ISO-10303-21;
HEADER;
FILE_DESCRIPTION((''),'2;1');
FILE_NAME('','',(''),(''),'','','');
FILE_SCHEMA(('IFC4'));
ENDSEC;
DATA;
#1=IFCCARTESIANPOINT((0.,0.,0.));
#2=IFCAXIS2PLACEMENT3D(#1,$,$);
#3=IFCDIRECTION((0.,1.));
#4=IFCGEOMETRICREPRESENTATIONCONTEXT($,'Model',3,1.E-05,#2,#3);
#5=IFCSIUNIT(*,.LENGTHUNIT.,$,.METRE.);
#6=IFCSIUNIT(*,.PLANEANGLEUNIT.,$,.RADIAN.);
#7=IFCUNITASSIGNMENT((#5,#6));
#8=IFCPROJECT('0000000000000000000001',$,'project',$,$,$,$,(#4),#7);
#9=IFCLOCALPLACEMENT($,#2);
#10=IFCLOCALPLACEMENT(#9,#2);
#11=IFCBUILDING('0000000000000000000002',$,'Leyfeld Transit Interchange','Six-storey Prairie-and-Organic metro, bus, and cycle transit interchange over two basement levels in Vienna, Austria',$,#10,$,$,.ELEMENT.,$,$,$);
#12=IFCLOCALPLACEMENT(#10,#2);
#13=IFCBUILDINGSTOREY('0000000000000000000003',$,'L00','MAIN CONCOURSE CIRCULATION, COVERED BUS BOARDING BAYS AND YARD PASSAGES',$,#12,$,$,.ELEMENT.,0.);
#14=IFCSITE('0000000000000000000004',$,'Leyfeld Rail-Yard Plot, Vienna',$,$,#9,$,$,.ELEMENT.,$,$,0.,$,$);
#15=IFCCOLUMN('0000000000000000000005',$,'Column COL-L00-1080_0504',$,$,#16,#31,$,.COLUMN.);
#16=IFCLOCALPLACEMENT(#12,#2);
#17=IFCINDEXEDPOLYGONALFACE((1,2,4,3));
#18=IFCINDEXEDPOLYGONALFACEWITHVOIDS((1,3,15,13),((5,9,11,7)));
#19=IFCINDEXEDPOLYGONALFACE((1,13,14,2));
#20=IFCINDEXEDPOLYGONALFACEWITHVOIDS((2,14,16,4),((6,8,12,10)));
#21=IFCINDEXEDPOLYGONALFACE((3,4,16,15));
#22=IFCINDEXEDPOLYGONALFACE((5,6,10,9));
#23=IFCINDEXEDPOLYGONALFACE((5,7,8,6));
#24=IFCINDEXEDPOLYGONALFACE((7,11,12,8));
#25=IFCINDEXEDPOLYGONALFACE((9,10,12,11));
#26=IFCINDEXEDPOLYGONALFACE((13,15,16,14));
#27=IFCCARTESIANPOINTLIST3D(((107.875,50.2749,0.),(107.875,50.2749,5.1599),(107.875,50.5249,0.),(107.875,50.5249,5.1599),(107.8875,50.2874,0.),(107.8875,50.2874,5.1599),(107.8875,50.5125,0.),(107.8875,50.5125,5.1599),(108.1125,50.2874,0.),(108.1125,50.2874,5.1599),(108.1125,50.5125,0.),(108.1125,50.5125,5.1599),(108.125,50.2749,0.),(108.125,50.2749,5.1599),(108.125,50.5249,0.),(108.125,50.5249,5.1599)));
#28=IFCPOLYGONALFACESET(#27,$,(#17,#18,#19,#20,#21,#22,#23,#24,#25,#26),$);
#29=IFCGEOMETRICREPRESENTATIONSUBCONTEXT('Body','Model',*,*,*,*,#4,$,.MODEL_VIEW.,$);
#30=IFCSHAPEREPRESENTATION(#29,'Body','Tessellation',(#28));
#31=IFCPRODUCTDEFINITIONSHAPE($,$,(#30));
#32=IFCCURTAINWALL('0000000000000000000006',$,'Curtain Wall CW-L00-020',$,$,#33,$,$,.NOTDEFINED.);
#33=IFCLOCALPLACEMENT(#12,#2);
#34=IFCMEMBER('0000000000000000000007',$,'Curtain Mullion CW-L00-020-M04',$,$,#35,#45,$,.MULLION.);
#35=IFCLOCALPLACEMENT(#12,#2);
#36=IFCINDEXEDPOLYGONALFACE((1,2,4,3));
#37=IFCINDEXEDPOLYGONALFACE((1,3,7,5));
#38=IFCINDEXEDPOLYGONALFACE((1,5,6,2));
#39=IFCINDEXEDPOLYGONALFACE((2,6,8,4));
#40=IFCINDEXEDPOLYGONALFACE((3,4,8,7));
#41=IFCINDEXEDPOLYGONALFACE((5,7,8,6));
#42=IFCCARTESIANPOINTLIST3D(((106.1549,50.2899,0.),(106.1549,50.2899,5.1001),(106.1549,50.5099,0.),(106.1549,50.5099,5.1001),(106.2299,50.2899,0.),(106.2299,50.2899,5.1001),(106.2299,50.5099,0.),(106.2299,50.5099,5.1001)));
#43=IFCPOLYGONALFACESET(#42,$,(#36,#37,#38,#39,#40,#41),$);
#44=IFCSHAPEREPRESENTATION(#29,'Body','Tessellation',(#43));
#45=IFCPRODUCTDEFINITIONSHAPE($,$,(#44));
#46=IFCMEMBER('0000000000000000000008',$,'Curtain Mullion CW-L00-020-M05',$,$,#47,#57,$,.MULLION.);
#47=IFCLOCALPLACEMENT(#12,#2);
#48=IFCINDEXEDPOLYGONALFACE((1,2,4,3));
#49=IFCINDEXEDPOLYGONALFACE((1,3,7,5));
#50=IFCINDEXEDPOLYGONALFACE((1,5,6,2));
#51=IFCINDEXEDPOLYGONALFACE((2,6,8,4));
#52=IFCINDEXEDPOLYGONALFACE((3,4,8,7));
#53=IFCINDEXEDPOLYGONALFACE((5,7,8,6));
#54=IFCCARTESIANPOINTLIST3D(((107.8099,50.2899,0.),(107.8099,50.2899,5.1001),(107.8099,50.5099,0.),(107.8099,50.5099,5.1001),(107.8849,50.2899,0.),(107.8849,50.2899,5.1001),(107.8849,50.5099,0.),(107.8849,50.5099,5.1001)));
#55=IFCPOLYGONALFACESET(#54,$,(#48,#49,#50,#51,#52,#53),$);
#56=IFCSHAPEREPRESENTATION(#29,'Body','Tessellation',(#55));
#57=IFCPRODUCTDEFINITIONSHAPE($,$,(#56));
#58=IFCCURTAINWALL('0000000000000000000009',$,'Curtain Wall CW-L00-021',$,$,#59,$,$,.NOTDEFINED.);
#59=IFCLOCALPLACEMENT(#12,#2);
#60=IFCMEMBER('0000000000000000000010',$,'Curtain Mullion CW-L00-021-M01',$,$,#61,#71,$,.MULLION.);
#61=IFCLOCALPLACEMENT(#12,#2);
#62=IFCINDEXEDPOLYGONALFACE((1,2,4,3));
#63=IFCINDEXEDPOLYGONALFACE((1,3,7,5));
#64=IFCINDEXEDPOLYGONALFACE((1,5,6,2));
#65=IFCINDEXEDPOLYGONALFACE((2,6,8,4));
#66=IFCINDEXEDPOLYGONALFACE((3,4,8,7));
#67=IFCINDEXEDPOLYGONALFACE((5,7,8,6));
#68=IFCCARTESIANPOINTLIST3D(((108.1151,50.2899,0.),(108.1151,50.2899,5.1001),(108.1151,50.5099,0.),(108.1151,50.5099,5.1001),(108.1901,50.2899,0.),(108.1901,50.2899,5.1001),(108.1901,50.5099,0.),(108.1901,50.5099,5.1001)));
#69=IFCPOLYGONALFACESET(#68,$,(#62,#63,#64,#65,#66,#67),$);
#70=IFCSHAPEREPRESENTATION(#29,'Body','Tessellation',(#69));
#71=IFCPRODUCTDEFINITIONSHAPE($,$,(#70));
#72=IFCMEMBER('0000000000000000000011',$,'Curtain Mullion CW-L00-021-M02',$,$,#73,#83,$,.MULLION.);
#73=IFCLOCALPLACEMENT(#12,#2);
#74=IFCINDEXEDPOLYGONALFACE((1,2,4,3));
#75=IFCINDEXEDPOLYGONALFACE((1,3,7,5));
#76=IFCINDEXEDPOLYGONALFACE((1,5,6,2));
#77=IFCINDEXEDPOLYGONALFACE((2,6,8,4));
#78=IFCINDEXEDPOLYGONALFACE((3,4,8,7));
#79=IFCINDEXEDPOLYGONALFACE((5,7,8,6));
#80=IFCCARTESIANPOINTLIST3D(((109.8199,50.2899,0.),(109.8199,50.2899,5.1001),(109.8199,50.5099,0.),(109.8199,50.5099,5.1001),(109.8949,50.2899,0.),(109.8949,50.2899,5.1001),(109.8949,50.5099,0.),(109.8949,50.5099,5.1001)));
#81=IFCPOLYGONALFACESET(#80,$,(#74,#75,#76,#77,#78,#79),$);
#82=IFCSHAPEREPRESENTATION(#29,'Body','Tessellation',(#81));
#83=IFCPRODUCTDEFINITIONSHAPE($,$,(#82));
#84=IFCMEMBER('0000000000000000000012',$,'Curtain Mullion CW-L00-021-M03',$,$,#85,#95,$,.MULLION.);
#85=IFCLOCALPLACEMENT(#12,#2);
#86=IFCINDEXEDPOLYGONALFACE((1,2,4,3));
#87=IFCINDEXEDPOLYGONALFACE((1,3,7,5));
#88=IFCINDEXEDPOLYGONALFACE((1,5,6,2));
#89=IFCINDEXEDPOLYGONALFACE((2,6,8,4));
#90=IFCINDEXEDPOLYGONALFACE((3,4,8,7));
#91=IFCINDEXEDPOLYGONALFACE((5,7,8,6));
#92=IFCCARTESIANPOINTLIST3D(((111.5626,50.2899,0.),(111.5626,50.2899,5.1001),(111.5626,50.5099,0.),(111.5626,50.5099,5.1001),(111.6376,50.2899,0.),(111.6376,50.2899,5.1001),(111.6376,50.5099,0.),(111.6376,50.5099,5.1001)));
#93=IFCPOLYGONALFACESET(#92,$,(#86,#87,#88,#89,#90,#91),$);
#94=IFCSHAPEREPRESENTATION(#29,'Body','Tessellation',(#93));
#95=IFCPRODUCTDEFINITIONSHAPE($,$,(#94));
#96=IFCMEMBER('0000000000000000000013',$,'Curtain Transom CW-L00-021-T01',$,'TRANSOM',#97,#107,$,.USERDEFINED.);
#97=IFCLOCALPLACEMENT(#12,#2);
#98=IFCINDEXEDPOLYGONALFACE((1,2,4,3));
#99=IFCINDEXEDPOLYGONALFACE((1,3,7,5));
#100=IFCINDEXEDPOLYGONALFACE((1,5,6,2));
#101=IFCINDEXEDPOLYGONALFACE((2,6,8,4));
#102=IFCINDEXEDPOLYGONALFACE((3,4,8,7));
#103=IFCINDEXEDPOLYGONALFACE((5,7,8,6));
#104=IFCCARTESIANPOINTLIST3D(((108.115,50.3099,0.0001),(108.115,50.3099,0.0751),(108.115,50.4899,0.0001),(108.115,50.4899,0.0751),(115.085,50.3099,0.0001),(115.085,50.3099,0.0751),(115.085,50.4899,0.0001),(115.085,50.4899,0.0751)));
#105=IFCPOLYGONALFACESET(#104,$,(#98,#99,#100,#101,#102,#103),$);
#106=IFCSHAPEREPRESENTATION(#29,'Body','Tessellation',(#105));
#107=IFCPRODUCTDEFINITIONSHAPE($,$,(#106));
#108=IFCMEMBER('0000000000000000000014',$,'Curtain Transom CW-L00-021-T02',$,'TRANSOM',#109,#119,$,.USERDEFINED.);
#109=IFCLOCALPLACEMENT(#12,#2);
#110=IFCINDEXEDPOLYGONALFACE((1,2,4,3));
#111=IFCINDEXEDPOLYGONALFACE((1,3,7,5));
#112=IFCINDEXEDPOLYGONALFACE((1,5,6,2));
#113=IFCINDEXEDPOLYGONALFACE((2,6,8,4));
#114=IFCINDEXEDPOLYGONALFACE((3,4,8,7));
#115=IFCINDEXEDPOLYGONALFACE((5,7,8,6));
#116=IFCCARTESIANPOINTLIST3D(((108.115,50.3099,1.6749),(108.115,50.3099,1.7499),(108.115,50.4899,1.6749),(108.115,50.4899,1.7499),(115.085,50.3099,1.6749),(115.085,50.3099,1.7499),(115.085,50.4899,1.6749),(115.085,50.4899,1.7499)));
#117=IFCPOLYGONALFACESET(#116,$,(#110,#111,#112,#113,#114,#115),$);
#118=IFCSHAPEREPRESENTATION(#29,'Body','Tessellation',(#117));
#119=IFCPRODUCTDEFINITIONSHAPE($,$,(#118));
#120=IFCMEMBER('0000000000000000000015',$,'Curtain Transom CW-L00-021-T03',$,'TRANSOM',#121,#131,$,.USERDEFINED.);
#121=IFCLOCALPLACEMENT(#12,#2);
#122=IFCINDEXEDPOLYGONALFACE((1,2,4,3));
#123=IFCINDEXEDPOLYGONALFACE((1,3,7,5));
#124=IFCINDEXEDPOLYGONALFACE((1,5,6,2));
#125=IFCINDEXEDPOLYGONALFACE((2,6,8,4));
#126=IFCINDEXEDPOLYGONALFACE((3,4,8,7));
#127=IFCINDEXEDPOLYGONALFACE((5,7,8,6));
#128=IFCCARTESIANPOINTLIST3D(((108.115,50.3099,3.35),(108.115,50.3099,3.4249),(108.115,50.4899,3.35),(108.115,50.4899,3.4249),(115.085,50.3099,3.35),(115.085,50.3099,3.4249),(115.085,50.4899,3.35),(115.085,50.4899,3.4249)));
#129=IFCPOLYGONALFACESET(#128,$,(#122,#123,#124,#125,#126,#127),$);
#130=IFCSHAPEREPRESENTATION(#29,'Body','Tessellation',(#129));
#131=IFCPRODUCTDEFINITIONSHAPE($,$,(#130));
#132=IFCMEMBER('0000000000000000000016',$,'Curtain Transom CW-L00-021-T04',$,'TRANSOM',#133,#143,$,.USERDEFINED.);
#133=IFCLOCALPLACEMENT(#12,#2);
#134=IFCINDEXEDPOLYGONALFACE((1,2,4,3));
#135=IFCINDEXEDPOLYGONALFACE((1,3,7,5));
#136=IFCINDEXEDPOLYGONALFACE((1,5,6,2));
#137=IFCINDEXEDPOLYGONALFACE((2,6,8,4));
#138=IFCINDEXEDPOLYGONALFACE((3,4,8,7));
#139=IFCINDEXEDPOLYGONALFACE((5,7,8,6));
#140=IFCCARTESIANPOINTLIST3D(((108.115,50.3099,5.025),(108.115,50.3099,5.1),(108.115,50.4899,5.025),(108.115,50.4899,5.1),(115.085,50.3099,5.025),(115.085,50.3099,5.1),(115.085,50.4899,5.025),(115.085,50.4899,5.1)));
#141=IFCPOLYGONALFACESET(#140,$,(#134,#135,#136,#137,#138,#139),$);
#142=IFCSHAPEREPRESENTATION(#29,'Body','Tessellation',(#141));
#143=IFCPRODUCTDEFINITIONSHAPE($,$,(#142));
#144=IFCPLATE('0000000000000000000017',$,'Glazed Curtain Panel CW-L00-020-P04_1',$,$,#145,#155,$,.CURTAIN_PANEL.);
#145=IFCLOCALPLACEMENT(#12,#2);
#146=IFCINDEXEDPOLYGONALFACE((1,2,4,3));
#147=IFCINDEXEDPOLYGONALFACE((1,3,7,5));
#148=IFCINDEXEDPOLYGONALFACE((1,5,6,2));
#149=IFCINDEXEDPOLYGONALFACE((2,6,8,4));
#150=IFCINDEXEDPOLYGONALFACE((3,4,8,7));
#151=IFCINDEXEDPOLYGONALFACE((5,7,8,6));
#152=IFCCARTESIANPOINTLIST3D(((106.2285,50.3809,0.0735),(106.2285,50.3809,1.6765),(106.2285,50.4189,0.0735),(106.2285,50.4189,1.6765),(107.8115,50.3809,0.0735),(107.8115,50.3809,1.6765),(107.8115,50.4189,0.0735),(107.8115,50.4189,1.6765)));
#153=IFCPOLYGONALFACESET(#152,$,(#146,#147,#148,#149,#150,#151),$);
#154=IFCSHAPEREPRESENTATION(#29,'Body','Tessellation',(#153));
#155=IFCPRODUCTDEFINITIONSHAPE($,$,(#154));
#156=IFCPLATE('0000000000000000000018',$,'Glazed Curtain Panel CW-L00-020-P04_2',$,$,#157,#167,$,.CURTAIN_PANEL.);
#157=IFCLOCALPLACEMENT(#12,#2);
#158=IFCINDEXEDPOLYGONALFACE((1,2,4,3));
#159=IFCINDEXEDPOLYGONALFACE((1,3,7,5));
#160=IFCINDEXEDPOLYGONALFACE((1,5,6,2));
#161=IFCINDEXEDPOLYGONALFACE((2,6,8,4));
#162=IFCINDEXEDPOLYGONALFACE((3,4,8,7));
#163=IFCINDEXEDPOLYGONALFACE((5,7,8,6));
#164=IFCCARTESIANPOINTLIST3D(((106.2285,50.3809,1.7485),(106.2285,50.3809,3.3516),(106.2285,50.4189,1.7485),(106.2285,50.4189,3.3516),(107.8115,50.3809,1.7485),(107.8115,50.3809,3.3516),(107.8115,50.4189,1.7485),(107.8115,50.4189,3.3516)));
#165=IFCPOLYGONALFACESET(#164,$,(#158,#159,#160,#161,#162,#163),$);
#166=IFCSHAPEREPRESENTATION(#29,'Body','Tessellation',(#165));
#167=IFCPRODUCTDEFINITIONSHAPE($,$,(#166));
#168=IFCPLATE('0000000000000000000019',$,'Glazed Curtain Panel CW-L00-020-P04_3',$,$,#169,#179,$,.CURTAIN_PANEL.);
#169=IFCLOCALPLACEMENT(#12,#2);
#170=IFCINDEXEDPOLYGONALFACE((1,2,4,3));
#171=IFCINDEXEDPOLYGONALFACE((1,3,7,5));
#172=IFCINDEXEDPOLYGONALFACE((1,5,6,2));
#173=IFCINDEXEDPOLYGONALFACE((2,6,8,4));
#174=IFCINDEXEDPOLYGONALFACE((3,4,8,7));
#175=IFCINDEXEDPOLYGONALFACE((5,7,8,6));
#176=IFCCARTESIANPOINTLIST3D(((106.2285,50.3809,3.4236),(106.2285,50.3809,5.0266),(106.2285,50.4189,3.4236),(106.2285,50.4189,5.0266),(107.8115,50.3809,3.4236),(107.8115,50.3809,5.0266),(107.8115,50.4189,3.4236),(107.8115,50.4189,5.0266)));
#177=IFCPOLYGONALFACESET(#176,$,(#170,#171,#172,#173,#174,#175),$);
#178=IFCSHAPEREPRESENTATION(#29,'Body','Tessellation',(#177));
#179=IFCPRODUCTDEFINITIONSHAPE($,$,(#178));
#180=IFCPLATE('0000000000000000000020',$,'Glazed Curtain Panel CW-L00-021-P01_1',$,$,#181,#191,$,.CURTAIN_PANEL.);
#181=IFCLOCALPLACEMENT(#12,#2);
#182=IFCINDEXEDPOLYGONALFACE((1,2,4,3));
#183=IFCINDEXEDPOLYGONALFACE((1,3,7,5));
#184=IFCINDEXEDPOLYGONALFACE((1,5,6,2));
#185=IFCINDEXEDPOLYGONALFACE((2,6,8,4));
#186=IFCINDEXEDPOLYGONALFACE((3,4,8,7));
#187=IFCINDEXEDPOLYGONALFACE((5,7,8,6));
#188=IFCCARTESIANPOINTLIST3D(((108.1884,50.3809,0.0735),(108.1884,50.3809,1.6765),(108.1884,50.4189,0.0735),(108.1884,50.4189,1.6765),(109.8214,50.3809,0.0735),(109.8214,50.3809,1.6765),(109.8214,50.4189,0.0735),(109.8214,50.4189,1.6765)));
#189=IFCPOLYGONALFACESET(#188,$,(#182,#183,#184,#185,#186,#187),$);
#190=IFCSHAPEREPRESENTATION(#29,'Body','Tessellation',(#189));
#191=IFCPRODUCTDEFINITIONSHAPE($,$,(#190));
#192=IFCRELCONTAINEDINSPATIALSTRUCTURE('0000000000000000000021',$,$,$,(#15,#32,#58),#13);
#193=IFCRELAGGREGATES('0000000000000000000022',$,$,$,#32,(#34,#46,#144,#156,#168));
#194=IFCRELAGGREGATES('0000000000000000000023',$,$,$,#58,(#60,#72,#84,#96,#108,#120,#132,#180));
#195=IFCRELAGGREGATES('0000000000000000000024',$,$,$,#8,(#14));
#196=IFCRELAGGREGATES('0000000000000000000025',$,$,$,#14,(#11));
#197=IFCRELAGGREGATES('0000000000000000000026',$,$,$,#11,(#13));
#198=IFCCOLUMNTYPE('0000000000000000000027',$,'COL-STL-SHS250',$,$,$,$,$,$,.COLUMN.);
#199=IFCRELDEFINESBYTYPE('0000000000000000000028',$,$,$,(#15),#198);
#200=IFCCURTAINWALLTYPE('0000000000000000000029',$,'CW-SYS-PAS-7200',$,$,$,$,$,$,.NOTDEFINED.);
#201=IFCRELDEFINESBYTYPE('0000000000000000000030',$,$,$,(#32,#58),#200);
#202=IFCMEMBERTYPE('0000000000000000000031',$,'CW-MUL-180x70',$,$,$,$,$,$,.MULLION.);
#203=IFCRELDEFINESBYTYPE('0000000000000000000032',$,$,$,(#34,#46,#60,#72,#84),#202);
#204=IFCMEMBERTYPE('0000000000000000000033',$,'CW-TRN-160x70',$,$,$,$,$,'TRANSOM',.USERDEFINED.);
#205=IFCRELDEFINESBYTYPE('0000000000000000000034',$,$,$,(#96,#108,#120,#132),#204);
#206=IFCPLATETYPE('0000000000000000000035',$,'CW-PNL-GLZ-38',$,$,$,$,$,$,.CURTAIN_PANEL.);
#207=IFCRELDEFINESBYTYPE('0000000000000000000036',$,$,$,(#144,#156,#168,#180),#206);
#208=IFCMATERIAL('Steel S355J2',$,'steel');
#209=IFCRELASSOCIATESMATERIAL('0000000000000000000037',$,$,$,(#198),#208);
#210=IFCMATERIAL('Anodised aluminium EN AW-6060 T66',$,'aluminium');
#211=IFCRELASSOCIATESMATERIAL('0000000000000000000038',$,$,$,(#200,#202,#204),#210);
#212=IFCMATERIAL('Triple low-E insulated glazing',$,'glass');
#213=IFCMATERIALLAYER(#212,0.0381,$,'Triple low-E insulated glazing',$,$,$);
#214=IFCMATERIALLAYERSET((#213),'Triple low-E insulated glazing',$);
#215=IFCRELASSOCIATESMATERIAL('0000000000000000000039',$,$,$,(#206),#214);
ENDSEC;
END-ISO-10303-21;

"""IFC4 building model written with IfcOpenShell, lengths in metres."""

from ifc_helpers import new_model, si_unit, direction, frame, origin, origin_2d, place, context, subcontext, project, spatial, rectangle, hollow_rectangle, extrude, material, layer, layer_set, material_profile, profile_set, type_object, element, aggregate, save


model = new_model("IFC4")

# Units and contexts
model_context = context("Model", 3, precision=1e-05, world=origin(), true_north=direction((0.0, 1.0)))
body_context = subcontext(model_context, "Body", "Model", "MODEL_VIEW")
ifc_project = project(units=[si_unit("LENGTHUNIT", "METRE"), si_unit("PLANEANGLEUNIT", "RADIAN")], contexts=[model_context])

# Site, building, storey
site_placement = place(None, origin())
site = spatial("IfcSite", under=ifc_project, at=site_placement, Name="Leyfeld Rail-Yard Plot, Vienna", CompositionType="ELEMENT", RefElevation=0.0)
building_placement = place(site_placement, origin())
building = spatial("IfcBuilding", under=site, at=building_placement, Name="Leyfeld Transit Interchange", Description="Six-storey Prairie-and-Organic metro, bus, and cycle transit interchange over two basement levels in Vienna, Austria", CompositionType="ELEMENT")
storey_placement = place(building_placement, origin())
storey = spatial("IfcBuildingStorey", under=building, at=storey_placement, Name="L00", Description="MAIN CONCOURSE CIRCULATION, COVERED BUS BOARDING BAYS AND YARD PASSAGES", CompositionType="ELEMENT", Elevation=0.0)

# Column
ifc_material_1 = material(Name="Steel S355J2", Category="steel")
ifc_material_profile_1 = material_profile(ifc_material_1, hollow_rectangle(XDim=0.25, YDim=0.25, WallThickness=0.0125, at=origin_2d()), Name="SHS 250x250x12.5")
ifc_profile_set_1 = profile_set([ifc_material_profile_1], Name="Steel S355J2")
column_type = type_object("IfcColumnType", Name="COL-STL-SHS250", PredefinedType="COLUMN", material=ifc_profile_set_1)
column_placement = place(storey_placement, frame((108.0, 50.3999, 0.0), z_axis=(0.0, 0.0, 1.0), x_axis=(1.0, 0.0, 0.0)))
element("IfcColumn", 1, at=column_placement, inside=storey, type_object=column_type, Name="Column COL-L00-1080_0504", PredefinedType="COLUMN", context=body_context, shape_type="SweptSolid", body=[
    extrude(hollow_rectangle(XDim=0.25, YDim=0.25, WallThickness=0.0125, at=origin_2d()), origin(), (0.0, 0.0, 1.0), 5.1599),
])

# Curtain walls, members
ifc_material_2 = material(Name="Anodised aluminium EN AW-6060 T66", Category="aluminium")
curtain_wall_type = type_object("IfcCurtainWallType", Name="CW-SYS-PAS-7200", PredefinedType="NOTDEFINED", material=ifc_material_2)
curtain_wall_1_placement = place(storey_placement, origin())
curtain_wall_1 = element("IfcCurtainWall", 2, at=curtain_wall_1_placement, inside=storey, type_object=curtain_wall_type, Name="Curtain Wall CW-L00-020", PredefinedType="NOTDEFINED")
ifc_material_profile_2 = material_profile(ifc_material_2, rectangle(XDim=0.075, YDim=0.22, at=origin_2d()), Name="CW-M 75x220")
ifc_profile_set_2 = profile_set([ifc_material_profile_2], Name="Anodised aluminium EN AW-6060 T66")
member_type_1 = type_object("IfcMemberType", Name="CW-MUL-180x70", PredefinedType="MULLION", material=ifc_profile_set_2)
member_1_placement = place(storey_placement, frame((106.1924, 50.3999, 0.0), z_axis=(0.0, 0.0, 1.0), x_axis=(1.0, 0.0, 0.0)))
member_1 = element("IfcMember", 3, at=member_1_placement, type_object=member_type_1, Name="Curtain Mullion CW-L00-020-M04", PredefinedType="MULLION", context=body_context, shape_type="SweptSolid", body=[
    extrude(rectangle(XDim=0.075, YDim=0.22, at=origin_2d()), origin(), (0.0, 0.0, 1.0), 5.1001),
])
member_2_placement = place(storey_placement, frame((107.8474, 50.3999, 0.0), z_axis=(0.0, 0.0, 1.0), x_axis=(1.0, 0.0, 0.0)))
member_2 = element("IfcMember", 4, at=member_2_placement, type_object=member_type_1, Name="Curtain Mullion CW-L00-020-M05", PredefinedType="MULLION", context=body_context, shape_type="SweptSolid", body=[
    extrude(rectangle(XDim=0.075, YDim=0.22, at=origin_2d()), origin(), (0.0, 0.0, 1.0), 5.1001),
])
curtain_wall_2_placement = place(storey_placement, origin())
curtain_wall_2 = element("IfcCurtainWall", 5, at=curtain_wall_2_placement, inside=storey, type_object=curtain_wall_type, Name="Curtain Wall CW-L00-021", PredefinedType="NOTDEFINED")
member_3_placement = place(storey_placement, frame((108.1526, 50.3999, 0.0), z_axis=(0.0, 0.0, 1.0), x_axis=(1.0, 0.0, 0.0)))
member_3 = element("IfcMember", 6, at=member_3_placement, type_object=member_type_1, Name="Curtain Mullion CW-L00-021-M01", PredefinedType="MULLION", context=body_context, shape_type="SweptSolid", body=[
    extrude(rectangle(XDim=0.075, YDim=0.22, at=origin_2d()), origin(), (0.0, 0.0, 1.0), 5.1001),
])
member_4_placement = place(storey_placement, frame((109.8574, 50.3999, 0.0), z_axis=(0.0, 0.0, 1.0), x_axis=(1.0, 0.0, 0.0)))
member_4 = element("IfcMember", 7, at=member_4_placement, type_object=member_type_1, Name="Curtain Mullion CW-L00-021-M02", PredefinedType="MULLION", context=body_context, shape_type="SweptSolid", body=[
    extrude(rectangle(XDim=0.075, YDim=0.22, at=origin_2d()), origin(), (0.0, 0.0, 1.0), 5.1001),
])
member_5_placement = place(storey_placement, frame((111.6001, 50.3999, 0.0), z_axis=(0.0, 0.0, 1.0), x_axis=(1.0, 0.0, 0.0)))
member_5 = element("IfcMember", 8, at=member_5_placement, type_object=member_type_1, Name="Curtain Mullion CW-L00-021-M03", PredefinedType="MULLION", context=body_context, shape_type="SweptSolid", body=[
    extrude(rectangle(XDim=0.075, YDim=0.22, at=origin_2d()), origin(), (0.0, 0.0, 1.0), 5.1001),
])
ifc_material_profile_3 = material_profile(ifc_material_2, rectangle(XDim=0.1799, YDim=0.075, at=origin_2d()), Name="CW-TRN-160x70")
ifc_profile_set_3 = profile_set([ifc_material_profile_3], Name="Anodised aluminium EN AW-6060 T66")
member_type_2 = type_object("IfcMemberType", Name="CW-TRN-160x70", ElementType="TRANSOM", PredefinedType="USERDEFINED", material=ifc_profile_set_3)
member_6_placement = place(storey_placement, frame((108.115, 50.3999, 0.0376), z_axis=(1.0, 0.0, 0.0), x_axis=(0.0, 1.0, 0.0)))
member_6 = element("IfcMember", 9, at=member_6_placement, type_object=member_type_2, Name="Curtain Transom CW-L00-021-T01", ObjectType="TRANSOM", PredefinedType="USERDEFINED", context=body_context, shape_type="SweptSolid", body=[
    extrude(rectangle(XDim=0.1799, YDim=0.075, at=origin_2d()), origin(), (0.0, 0.0, 1.0), 6.97),
])
member_7_placement = place(storey_placement, frame((108.115, 50.3999, 1.7124), z_axis=(1.0, 0.0, 0.0), x_axis=(0.0, 1.0, 0.0)))
member_7 = element("IfcMember", 10, at=member_7_placement, type_object=member_type_2, Name="Curtain Transom CW-L00-021-T02", ObjectType="TRANSOM", PredefinedType="USERDEFINED", context=body_context, shape_type="SweptSolid", body=[
    extrude(rectangle(XDim=0.1799, YDim=0.075, at=origin_2d()), origin(), (0.0, 0.0, 1.0), 6.97),
])
member_8_placement = place(storey_placement, frame((108.115, 50.3999, 3.3875), z_axis=(1.0, 0.0, 0.0), x_axis=(0.0, 1.0, 0.0)))
member_8 = element("IfcMember", 11, at=member_8_placement, type_object=member_type_2, Name="Curtain Transom CW-L00-021-T03", ObjectType="TRANSOM", PredefinedType="USERDEFINED", context=body_context, shape_type="SweptSolid", body=[
    extrude(rectangle(XDim=0.1799, YDim=0.075, at=origin_2d()), origin(), (0.0, 0.0, 1.0), 6.97),
])
member_9_placement = place(storey_placement, frame((108.115, 50.3999, 5.0625), z_axis=(1.0, 0.0, 0.0), x_axis=(0.0, 1.0, 0.0)))
member_9 = element("IfcMember", 12, at=member_9_placement, type_object=member_type_2, Name="Curtain Transom CW-L00-021-T04", ObjectType="TRANSOM", PredefinedType="USERDEFINED", context=body_context, shape_type="SweptSolid", body=[
    extrude(rectangle(XDim=0.1799, YDim=0.075, at=origin_2d()), origin(), (0.0, 0.0, 1.0), 6.97),
])

# Plates
ifc_material_3 = material(Name="Triple low-E insulated glazing", Category="glass")
ifc_layer_1 = layer(ifc_material_3, 0.0381, Name="Triple low-E insulated glazing")
ifc_layer_set_1 = layer_set([ifc_layer_1], Name="Triple low-E insulated glazing")
plate_type_1 = type_object("IfcPlateType", Name="CW-PNL-GLZ-38", PredefinedType="CURTAIN_PANEL", material=ifc_layer_set_1)
plate_1_placement = place(storey_placement, frame((107.02, 50.3999, 0.0735), z_axis=(0.0, 0.0, 1.0), x_axis=(1.0, 0.0, 0.0)))
plate_1 = element("IfcPlate", 13, at=plate_1_placement, type_object=plate_type_1, Name="Glazed Curtain Panel CW-L00-020-P04_1", PredefinedType="CURTAIN_PANEL", context=body_context, shape_type="SweptSolid", body=[
    extrude(rectangle(XDim=1.583, YDim=0.0381, at=origin_2d()), origin(), (0.0, 0.0, 1.0), 1.603),
])
plate_2_placement = place(storey_placement, frame((107.02, 50.3999, 1.7485), z_axis=(0.0, 0.0, 1.0), x_axis=(1.0, 0.0, 0.0)))
plate_2 = element("IfcPlate", 14, at=plate_2_placement, type_object=plate_type_1, Name="Glazed Curtain Panel CW-L00-020-P04_2", PredefinedType="CURTAIN_PANEL", context=body_context, shape_type="SweptSolid", body=[
    extrude(rectangle(XDim=1.583, YDim=0.0381, at=origin_2d()), origin(), (0.0, 0.0, 1.0), 1.603),
])
plate_3_placement = place(storey_placement, frame((107.02, 50.3999, 3.4236), z_axis=(0.0, 0.0, 1.0), x_axis=(1.0, 0.0, 0.0)))
plate_3 = element("IfcPlate", 15, at=plate_3_placement, type_object=plate_type_1, Name="Glazed Curtain Panel CW-L00-020-P04_3", PredefinedType="CURTAIN_PANEL", context=body_context, shape_type="SweptSolid", body=[
    extrude(rectangle(XDim=1.583, YDim=0.0381, at=origin_2d()), origin(), (0.0, 0.0, 1.0), 1.603),
])
aggregate(curtain_wall_1, [member_1, member_2, plate_1, plate_2, plate_3])
plate_4_placement = place(storey_placement, frame((109.0049, 50.3999, 0.0735), z_axis=(0.0, 0.0, 1.0), x_axis=(1.0, 0.0, 0.0)))
plate_4 = element("IfcPlate", 16, at=plate_4_placement, type_object=plate_type_1, Name="Glazed Curtain Panel CW-L00-021-P01_1", PredefinedType="CURTAIN_PANEL", context=body_context, shape_type="SweptSolid", body=[
    extrude(rectangle(XDim=1.6331, YDim=0.0381, at=origin_2d()), origin(), (0.0, 0.0, 1.0), 1.603),
])
aggregate(curtain_wall_2, [member_3, member_4, member_5, member_6, member_7, member_8, member_9, plate_4])

save(model, "model.ifc")
